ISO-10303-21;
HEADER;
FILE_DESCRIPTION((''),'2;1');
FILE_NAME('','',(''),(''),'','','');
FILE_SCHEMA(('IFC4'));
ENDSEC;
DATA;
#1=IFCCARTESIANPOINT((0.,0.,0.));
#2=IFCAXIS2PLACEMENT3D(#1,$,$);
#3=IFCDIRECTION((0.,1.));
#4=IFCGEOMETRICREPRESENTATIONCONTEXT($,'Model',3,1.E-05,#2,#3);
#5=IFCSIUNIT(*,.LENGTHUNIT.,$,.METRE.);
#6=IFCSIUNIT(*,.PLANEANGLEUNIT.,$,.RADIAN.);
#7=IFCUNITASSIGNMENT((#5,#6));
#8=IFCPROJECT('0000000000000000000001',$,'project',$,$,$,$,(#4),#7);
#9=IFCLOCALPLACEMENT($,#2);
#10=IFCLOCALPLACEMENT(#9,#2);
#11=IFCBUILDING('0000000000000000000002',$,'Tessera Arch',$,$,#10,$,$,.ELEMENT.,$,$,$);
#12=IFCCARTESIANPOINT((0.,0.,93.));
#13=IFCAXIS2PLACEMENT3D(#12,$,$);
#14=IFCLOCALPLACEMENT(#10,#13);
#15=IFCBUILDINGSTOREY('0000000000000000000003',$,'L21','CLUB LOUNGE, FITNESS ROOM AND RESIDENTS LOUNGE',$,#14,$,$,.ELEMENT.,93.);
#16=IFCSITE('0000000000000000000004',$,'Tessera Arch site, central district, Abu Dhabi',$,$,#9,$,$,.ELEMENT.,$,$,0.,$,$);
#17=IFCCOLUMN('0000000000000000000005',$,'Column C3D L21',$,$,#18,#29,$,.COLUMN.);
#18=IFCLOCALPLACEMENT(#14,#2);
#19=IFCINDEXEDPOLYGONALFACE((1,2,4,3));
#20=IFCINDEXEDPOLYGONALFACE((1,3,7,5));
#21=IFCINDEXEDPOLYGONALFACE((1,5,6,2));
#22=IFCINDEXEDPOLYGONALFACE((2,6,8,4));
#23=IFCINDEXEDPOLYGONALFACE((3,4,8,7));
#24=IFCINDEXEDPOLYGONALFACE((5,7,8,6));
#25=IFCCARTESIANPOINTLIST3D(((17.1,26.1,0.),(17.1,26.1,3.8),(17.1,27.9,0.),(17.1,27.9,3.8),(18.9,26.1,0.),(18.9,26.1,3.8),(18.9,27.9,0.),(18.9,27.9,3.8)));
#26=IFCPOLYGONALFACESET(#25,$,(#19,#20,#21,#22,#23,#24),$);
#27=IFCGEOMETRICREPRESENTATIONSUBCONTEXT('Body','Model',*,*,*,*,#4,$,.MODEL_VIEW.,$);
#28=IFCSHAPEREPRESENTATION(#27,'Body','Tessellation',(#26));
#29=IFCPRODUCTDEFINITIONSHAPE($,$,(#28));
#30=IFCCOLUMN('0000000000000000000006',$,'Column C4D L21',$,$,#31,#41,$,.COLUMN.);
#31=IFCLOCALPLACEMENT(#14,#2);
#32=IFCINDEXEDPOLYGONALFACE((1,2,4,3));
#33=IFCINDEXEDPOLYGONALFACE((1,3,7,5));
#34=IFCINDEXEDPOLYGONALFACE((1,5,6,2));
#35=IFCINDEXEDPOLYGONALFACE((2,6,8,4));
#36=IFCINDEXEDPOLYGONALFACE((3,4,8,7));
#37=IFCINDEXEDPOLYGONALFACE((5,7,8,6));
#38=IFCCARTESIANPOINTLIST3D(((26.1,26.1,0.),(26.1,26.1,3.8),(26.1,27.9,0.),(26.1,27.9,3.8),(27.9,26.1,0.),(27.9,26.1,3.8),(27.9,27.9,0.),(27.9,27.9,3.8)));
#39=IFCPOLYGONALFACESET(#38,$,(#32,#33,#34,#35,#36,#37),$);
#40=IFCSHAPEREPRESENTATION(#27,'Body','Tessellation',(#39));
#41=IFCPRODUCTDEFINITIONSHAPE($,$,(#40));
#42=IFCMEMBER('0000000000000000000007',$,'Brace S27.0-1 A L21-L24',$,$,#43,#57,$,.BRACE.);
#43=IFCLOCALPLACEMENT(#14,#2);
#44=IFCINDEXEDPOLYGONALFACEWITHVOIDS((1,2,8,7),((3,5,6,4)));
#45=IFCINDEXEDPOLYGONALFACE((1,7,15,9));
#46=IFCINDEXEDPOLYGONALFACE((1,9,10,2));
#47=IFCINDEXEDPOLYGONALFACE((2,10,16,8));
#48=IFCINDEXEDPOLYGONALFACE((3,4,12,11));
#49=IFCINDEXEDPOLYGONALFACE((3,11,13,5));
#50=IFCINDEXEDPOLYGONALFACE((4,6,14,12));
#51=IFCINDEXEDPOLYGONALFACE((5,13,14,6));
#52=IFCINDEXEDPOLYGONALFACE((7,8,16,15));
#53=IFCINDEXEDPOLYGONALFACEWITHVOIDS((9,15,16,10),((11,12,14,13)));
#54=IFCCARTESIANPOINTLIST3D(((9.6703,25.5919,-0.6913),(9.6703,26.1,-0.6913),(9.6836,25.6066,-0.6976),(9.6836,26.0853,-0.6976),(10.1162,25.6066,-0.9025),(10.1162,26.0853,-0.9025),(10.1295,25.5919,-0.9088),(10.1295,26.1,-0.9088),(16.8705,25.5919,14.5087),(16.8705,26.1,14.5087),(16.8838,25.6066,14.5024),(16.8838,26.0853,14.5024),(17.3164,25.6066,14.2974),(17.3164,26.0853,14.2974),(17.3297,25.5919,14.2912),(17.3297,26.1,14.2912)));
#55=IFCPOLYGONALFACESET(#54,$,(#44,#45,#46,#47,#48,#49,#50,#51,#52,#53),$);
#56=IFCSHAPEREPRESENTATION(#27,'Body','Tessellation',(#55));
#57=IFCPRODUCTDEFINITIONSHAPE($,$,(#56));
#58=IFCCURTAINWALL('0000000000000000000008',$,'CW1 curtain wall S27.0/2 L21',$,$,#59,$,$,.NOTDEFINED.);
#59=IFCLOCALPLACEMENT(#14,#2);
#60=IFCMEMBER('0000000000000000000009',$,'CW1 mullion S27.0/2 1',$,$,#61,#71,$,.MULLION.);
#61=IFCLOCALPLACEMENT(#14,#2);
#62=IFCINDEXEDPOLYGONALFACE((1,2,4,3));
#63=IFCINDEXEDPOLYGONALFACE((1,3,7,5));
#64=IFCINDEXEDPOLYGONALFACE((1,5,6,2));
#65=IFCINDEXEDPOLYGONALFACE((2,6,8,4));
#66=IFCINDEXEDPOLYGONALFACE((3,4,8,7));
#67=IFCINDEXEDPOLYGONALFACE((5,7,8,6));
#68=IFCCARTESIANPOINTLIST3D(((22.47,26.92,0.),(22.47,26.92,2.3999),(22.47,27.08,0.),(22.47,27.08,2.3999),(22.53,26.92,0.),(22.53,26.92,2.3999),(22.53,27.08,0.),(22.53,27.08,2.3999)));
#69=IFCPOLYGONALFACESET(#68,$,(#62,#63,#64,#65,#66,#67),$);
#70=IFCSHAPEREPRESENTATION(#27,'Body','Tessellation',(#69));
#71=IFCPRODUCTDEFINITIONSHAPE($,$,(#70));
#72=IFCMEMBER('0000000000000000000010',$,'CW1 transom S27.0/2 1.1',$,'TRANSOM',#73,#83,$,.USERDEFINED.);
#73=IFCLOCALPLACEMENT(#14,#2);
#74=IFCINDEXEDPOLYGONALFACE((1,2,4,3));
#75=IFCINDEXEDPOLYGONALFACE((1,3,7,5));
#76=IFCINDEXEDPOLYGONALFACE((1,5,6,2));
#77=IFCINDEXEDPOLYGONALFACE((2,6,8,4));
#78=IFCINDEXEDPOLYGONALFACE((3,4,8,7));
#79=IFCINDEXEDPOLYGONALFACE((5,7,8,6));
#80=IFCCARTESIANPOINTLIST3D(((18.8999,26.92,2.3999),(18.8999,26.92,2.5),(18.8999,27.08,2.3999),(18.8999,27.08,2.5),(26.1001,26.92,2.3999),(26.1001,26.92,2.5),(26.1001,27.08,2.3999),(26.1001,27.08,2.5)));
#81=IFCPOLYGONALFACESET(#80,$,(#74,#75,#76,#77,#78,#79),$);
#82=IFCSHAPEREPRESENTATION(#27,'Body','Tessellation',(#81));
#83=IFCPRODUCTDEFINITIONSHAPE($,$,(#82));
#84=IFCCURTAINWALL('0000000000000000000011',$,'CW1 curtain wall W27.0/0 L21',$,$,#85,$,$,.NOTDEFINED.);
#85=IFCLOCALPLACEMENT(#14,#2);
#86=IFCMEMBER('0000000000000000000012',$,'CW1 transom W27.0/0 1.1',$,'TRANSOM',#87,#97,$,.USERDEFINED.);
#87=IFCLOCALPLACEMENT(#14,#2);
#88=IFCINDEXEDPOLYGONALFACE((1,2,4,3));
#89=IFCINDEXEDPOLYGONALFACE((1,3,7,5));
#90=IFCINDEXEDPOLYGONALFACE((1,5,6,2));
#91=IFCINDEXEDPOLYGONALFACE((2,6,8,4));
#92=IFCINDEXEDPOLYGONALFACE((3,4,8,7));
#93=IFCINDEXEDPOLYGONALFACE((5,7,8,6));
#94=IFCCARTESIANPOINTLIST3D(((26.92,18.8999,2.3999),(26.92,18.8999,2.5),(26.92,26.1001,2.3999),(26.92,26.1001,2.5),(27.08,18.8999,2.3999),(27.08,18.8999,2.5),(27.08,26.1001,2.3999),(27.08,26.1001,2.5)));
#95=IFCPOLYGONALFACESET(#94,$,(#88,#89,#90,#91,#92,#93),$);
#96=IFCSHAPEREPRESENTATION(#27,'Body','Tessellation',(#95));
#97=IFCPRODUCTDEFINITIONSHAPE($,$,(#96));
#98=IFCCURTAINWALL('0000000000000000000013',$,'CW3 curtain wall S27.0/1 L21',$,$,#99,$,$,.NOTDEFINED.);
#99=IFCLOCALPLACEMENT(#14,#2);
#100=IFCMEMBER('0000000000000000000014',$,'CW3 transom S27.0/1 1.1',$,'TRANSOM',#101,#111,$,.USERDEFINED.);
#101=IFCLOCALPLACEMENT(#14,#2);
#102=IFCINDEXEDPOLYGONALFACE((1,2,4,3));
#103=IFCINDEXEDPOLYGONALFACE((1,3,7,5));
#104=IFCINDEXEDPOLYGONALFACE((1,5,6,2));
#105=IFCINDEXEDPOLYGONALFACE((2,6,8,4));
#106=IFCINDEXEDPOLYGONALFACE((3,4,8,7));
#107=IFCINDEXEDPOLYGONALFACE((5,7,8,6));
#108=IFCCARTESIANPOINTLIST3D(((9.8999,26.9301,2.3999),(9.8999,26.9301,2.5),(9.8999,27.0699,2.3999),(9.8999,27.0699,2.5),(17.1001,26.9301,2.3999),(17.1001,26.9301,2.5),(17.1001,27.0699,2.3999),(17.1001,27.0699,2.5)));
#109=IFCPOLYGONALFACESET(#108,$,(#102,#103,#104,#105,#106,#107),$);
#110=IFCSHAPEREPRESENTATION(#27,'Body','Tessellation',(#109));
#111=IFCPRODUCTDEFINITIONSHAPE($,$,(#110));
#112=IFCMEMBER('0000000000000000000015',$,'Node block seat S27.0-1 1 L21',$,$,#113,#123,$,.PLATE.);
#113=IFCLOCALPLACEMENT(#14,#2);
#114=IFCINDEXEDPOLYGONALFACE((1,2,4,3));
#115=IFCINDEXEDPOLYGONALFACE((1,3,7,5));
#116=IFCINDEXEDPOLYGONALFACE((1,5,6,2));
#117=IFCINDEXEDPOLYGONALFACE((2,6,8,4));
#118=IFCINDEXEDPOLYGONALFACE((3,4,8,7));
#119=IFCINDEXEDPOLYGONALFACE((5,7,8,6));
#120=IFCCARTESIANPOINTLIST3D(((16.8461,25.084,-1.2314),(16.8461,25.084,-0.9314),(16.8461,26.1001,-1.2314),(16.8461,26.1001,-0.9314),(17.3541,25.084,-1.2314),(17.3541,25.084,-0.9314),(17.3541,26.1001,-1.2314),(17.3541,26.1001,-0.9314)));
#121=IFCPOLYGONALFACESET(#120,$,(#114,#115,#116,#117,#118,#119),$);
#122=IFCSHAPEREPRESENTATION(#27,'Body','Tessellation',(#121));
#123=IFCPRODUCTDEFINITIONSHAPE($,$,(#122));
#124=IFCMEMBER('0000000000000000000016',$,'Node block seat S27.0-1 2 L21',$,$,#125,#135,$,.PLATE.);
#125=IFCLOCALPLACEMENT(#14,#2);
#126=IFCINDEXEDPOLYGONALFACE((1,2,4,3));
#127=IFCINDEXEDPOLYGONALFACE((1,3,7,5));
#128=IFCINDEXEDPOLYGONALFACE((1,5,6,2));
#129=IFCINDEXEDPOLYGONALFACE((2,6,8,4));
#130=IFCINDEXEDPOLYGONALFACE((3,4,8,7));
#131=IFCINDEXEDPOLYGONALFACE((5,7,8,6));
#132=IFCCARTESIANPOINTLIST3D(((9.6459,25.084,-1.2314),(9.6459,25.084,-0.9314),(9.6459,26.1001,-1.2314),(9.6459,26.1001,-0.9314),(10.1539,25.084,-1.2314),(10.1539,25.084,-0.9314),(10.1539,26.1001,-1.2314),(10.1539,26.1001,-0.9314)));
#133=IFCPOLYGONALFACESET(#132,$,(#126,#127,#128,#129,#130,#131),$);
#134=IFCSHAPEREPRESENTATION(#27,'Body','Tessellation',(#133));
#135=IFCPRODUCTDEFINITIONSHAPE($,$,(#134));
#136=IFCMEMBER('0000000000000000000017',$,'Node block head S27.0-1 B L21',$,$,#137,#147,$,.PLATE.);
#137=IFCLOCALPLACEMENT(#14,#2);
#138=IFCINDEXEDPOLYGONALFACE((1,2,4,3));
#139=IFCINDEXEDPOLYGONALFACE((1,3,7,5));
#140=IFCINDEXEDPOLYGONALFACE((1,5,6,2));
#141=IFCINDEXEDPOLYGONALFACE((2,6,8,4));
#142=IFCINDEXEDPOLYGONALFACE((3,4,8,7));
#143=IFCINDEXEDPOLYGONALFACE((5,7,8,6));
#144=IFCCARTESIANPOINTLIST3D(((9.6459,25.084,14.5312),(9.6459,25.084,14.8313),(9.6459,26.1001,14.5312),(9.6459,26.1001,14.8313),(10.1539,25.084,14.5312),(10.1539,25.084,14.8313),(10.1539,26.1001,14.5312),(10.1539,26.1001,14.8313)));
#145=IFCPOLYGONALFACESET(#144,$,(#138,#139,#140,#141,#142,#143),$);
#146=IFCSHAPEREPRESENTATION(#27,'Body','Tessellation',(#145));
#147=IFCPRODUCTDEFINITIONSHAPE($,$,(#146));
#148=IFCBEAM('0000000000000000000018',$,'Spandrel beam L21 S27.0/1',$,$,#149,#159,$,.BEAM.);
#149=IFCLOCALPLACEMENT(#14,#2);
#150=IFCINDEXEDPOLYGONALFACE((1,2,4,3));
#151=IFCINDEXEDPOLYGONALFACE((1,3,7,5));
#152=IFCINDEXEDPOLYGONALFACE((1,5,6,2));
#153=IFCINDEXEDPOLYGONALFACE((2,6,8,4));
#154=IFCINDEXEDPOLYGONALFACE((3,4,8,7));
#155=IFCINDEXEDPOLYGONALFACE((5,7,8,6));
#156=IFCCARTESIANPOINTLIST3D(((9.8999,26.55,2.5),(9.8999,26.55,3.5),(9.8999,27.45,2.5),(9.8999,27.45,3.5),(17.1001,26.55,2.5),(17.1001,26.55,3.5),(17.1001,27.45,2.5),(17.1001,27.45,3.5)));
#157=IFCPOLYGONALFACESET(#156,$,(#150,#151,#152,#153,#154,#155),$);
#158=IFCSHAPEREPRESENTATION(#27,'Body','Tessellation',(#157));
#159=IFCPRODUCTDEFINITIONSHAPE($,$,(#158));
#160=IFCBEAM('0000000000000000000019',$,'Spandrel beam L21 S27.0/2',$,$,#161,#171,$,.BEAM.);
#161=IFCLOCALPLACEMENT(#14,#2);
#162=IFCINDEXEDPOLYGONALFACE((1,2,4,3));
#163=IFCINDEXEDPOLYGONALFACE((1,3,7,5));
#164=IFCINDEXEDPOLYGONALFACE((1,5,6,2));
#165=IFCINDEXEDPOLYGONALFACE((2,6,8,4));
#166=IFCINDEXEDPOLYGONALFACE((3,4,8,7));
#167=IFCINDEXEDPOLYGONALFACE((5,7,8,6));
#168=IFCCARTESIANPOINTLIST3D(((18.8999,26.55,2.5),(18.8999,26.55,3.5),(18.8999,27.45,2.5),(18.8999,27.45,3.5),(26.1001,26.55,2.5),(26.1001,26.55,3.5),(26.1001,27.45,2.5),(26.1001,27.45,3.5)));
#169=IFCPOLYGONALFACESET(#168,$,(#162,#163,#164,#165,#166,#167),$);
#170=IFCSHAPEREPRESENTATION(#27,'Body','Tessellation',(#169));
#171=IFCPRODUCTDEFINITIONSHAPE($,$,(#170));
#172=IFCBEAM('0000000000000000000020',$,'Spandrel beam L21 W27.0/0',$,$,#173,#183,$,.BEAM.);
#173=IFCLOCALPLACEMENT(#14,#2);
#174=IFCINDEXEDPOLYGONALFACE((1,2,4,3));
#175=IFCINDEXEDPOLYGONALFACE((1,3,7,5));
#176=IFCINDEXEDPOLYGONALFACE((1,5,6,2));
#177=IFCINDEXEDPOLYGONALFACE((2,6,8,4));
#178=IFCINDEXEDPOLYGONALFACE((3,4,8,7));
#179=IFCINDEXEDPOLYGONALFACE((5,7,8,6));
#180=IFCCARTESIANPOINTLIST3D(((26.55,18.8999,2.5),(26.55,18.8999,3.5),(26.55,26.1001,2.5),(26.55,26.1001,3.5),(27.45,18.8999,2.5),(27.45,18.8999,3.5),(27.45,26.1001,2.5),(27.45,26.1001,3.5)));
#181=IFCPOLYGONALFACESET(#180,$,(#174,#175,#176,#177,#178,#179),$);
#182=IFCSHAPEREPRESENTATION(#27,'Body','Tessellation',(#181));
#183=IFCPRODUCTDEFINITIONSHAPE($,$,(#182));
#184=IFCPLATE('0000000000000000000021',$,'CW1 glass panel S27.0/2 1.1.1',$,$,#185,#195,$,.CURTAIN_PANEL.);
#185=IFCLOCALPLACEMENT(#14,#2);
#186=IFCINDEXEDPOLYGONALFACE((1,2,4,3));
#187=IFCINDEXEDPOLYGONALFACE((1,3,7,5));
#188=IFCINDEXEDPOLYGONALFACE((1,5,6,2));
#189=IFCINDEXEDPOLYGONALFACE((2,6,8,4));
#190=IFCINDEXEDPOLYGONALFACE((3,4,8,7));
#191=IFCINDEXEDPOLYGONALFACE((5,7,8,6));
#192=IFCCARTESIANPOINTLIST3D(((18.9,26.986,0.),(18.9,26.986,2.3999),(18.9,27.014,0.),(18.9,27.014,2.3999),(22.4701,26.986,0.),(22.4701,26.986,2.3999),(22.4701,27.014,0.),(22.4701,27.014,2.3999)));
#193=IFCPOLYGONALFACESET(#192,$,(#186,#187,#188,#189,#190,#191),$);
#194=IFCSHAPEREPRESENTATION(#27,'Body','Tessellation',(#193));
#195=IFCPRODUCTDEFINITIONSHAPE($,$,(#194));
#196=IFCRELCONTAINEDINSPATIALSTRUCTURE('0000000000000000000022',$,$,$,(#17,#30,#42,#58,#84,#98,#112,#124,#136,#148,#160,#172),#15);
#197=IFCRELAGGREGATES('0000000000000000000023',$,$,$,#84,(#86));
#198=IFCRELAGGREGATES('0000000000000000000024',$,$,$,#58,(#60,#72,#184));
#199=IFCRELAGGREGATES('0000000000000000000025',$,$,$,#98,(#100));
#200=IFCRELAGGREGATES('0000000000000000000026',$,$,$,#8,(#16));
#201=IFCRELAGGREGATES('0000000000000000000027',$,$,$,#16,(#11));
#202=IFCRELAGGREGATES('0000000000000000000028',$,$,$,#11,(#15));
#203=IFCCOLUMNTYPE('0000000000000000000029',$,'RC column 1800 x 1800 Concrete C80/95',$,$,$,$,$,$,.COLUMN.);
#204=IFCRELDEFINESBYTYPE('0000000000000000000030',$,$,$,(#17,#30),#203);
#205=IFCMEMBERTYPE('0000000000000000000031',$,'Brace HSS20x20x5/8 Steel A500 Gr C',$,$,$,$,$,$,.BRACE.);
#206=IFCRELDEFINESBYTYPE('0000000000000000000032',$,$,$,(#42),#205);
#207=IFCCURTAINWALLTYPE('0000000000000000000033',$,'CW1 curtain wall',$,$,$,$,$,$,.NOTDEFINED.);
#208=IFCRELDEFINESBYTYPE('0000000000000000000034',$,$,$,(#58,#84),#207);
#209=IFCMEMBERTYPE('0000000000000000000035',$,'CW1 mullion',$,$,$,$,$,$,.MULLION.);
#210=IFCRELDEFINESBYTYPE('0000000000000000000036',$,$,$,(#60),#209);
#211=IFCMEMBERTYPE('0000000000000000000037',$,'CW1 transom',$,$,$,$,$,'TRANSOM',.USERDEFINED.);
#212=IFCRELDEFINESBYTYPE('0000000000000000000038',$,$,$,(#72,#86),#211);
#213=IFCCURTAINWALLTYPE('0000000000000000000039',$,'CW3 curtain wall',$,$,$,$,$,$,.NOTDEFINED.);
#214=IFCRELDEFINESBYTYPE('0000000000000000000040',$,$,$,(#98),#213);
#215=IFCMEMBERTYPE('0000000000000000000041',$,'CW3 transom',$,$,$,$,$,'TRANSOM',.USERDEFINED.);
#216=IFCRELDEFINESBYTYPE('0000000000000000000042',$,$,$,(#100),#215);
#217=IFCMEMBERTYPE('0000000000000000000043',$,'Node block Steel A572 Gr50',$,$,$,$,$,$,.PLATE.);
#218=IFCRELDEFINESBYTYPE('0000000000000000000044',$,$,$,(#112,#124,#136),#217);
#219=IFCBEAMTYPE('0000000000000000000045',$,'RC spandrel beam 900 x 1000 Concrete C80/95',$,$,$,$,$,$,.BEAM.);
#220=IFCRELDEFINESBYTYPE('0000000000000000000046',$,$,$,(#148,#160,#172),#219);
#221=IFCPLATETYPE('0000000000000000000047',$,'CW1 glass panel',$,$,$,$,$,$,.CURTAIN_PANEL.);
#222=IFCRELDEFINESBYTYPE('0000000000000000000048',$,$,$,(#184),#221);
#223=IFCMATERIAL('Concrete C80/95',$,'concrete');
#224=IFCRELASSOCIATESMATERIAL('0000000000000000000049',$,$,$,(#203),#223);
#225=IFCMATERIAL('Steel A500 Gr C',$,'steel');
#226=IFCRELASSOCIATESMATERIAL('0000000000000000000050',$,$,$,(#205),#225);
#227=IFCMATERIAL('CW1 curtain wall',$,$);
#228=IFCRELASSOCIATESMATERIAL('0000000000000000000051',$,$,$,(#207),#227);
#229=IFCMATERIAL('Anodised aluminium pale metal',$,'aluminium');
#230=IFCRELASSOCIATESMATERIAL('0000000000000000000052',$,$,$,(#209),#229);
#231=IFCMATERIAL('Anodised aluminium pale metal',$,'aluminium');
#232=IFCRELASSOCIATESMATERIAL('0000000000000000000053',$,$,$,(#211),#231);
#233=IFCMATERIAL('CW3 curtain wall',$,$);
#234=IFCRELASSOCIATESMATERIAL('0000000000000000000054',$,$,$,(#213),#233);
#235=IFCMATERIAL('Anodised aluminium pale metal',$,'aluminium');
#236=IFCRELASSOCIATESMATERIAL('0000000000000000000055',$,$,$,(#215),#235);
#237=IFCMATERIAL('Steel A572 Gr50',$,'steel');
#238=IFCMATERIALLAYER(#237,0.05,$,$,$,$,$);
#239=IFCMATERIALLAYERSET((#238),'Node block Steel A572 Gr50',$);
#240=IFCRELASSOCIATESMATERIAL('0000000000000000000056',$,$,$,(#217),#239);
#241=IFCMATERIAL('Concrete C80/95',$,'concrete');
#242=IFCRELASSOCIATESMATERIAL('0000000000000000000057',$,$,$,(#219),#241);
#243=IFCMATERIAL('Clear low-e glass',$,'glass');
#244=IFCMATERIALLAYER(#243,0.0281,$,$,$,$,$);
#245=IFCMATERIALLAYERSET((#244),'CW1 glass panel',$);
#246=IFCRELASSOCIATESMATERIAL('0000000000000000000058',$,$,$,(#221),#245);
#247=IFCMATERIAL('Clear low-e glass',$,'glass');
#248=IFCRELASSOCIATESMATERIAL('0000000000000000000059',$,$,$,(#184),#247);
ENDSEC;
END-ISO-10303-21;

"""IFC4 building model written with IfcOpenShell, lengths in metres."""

from ifc_helpers import new_model, si_unit, direction, frame, origin, origin_2d, place, context, subcontext, project, spatial, rectangle, hollow_rectangle, extrude, material, layer, layer_set, material_profile, profile_set, type_object, element, aggregate, save


model = new_model("IFC4")

# Units and contexts
model_context = context("Model", 3, precision=1e-05, world=origin(), true_north=direction((0.0, 1.0)))
body_context = subcontext(model_context, "Body", "Model", "MODEL_VIEW")
ifc_project = project(units=[si_unit("LENGTHUNIT", "METRE"), si_unit("PLANEANGLEUNIT", "RADIAN")], contexts=[model_context])

# Site, building, storey
site_placement = place(None, origin())
site = spatial("IfcSite", under=ifc_project, at=site_placement, Name="Tessera Arch site, central district, Abu Dhabi", CompositionType="ELEMENT", RefElevation=0.0)
building_placement = place(site_placement, origin())
building = spatial("IfcBuilding", under=site, at=building_placement, Name="Tessera Arch", CompositionType="ELEMENT")
storey_placement = place(building_placement, frame((0.0, 0.0, 93.0)))
storey = spatial("IfcBuildingStorey", under=building, at=storey_placement, Name="L21", Description="CLUB LOUNGE, FITNESS ROOM AND RESIDENTS LOUNGE", CompositionType="ELEMENT", Elevation=93.0)

# Columns
ifc_material_1 = material(Name="Concrete C80/95", Category="concrete")
ifc_material_profile_1 = material_profile(ifc_material_1, rectangle(XDim=1.8, YDim=1.8, at=origin_2d()), Name="RC column 1800 x 1800 Concrete C80/95")
ifc_profile_set_1 = profile_set([ifc_material_profile_1], Name="Concrete C80/95")
column_type = type_object("IfcColumnType", Name="RC column 1800 x 1800 Concrete C80/95", PredefinedType="COLUMN", material=ifc_profile_set_1)
for number, where, z_axis, x_axis, name in (
    (1, (18.0, 27.0, 0.0), (0.0, 0.0, 1.0), (1.0, 0.0, 0.0), "Column C3D L21"),
    (2, (27.0, 27.0, 0.0), (0.0, 0.0, 1.0), (1.0, 0.0, 0.0), "Column C4D L21"),
):
    element("IfcColumn", number, at=place(storey_placement, frame(where, z_axis=z_axis, x_axis=x_axis)), inside=storey, type_object=column_type, Name=name, PredefinedType="COLUMN", context=body_context, shape_type="SweptSolid", body=[
        extrude(rectangle(XDim=1.8, YDim=1.8, at=origin_2d()), origin(), (0.0, 0.0, 1.0), 3.8),
    ])

# Member
ifc_material_2 = material(Name="Steel A500 Gr C", Category="steel")
ifc_material_profile_2 = material_profile(ifc_material_2, hollow_rectangle(XDim=0.5081, YDim=0.5081, WallThickness=0.0146, at=origin_2d()), Name="HSS20x20x5/8")
ifc_profile_set_2 = profile_set([ifc_material_profile_2], Name="Steel A500 Gr C")
member_type_1 = type_object("IfcMemberType", Name="Brace HSS20x20x5/8 Steel A500 Gr C", PredefinedType="BRACE", material=ifc_profile_set_2)
member_1_placement = place(storey_placement, frame((9.8999, 25.8459, -0.8), z_axis=(0.428097, 0.0, 0.903733), x_axis=(0.0, 1.0, 0.0)))
element("IfcMember", 3, at=member_1_placement, inside=storey, type_object=member_type_1, Name="Brace S27.0-1 A L21-L24", PredefinedType="BRACE", context=body_context, shape_type="SweptSolid", body=[
    extrude(hollow_rectangle(XDim=0.5081, YDim=0.5081, WallThickness=0.0146, at=origin_2d()), origin(), (0.0, 0.0, 1.0), 16.8191),
])

# Curtain wall, members
ifc_material_3 = material(Name="CW1 curtain wall")
curtain_wall_type_1 = type_object("IfcCurtainWallType", Name="CW1 curtain wall", PredefinedType="NOTDEFINED", material=ifc_material_3)
curtain_wall_1_placement = place(storey_placement, origin())
curtain_wall_1 = element("IfcCurtainWall", 4, at=curtain_wall_1_placement, inside=storey, type_object=curtain_wall_type_1, Name="CW1 curtain wall S27.0/2 L21", PredefinedType="NOTDEFINED")
ifc_material_4 = material(Name="Anodised aluminium pale metal", Category="aluminium")
ifc_material_profile_3 = material_profile(ifc_material_4, rectangle(XDim=0.1599, YDim=0.0601, at=origin_2d()), Name="AL 60x160")
ifc_profile_set_3 = profile_set([ifc_material_profile_3], Name="Anodised aluminium pale metal")
member_type_2 = type_object("IfcMemberType", Name="CW1 mullion", PredefinedType="MULLION", material=ifc_profile_set_3)
member_2_placement = place(storey_placement, frame((22.5, 27.0, 0.0), z_axis=(0.0, 0.0, 1.0), x_axis=(0.0, 1.0, 0.0)))
member_2 = element("IfcMember", 5, at=member_2_placement, type_object=member_type_2, Name="CW1 mullion S27.0/2 1", PredefinedType="MULLION", context=body_context, shape_type="SweptSolid", body=[
    extrude(rectangle(XDim=0.1599, YDim=0.0601, at=origin_2d()), origin(), (0.0, 0.0, 1.0), 2.3999),
])
ifc_material_5 = material(Name="Anodised aluminium pale metal", Category="aluminium")
ifc_material_profile_4 = material_profile(ifc_material_5, rectangle(XDim=0.1599, YDim=0.1001, at=origin_2d()), Name="AL 160x100")
ifc_profile_set_4 = profile_set([ifc_material_profile_4], Name="Anodised aluminium pale metal")
member_type_3 = type_object("IfcMemberType", Name="CW1 transom", ElementType="TRANSOM", PredefinedType="USERDEFINED", material=ifc_profile_set_4)
member_3_placement = place(storey_placement, frame((18.8999, 27.0, 2.45), z_axis=(1.0, 0.0, 0.0), x_axis=(0.0, 1.0, 0.0)))
member_3 = element("IfcMember", 6, at=member_3_placement, type_object=member_type_3, Name="CW1 transom S27.0/2 1.1", ObjectType="TRANSOM", PredefinedType="USERDEFINED", context=body_context, shape_type="SweptSolid", body=[
    extrude(rectangle(XDim=0.1599, YDim=0.1001, at=origin_2d()), origin(), (0.0, 0.0, 1.0), 7.2002),
])

# Curtain walls, members
curtain_wall_2_placement = place(storey_placement, origin())
curtain_wall_2 = element("IfcCurtainWall", 7, at=curtain_wall_2_placement, inside=storey, type_object=curtain_wall_type_1, Name="CW1 curtain wall W27.0/0 L21", PredefinedType="NOTDEFINED")
member_4_placement = place(storey_placement, frame((27.0, 26.1001, 2.45), z_axis=(0.0, -1.0, 0.0), x_axis=(1.0, 0.0, 0.0)))
member_4 = element("IfcMember", 8, at=member_4_placement, type_object=member_type_3, Name="CW1 transom W27.0/0 1.1", ObjectType="TRANSOM", PredefinedType="USERDEFINED", context=body_context, shape_type="SweptSolid", body=[
    extrude(rectangle(XDim=0.1599, YDim=0.1001, at=origin_2d()), origin(), (0.0, 0.0, 1.0), 7.2002),
])
aggregate(curtain_wall_2, [member_4])
ifc_material_6 = material(Name="CW3 curtain wall")
curtain_wall_type_2 = type_object("IfcCurtainWallType", Name="CW3 curtain wall", PredefinedType="NOTDEFINED", material=ifc_material_6)
curtain_wall_3_placement = place(storey_placement, origin())
curtain_wall_3 = element("IfcCurtainWall", 9, at=curtain_wall_3_placement, inside=storey, type_object=curtain_wall_type_2, Name="CW3 curtain wall S27.0/1 L21", PredefinedType="NOTDEFINED")
ifc_material_7 = material(Name="Anodised aluminium pale metal", Category="aluminium")
ifc_material_profile_5 = material_profile(ifc_material_7, rectangle(XDim=0.1399, YDim=0.1001, at=origin_2d()), Name="AL 140x100")
ifc_profile_set_5 = profile_set([ifc_material_profile_5], Name="Anodised aluminium pale metal")
member_type_4 = type_object("IfcMemberType", Name="CW3 transom", ElementType="TRANSOM", PredefinedType="USERDEFINED", material=ifc_profile_set_5)
member_5_placement = place(storey_placement, frame((9.8999, 27.0, 2.45), z_axis=(1.0, 0.0, 0.0), x_axis=(0.0, 1.0, 0.0)))
member_5 = element("IfcMember", 10, at=member_5_placement, type_object=member_type_4, Name="CW3 transom S27.0/1 1.1", ObjectType="TRANSOM", PredefinedType="USERDEFINED", context=body_context, shape_type="SweptSolid", body=[
    extrude(rectangle(XDim=0.1399, YDim=0.1001, at=origin_2d()), origin(), (0.0, 0.0, 1.0), 7.2002),
])

# Members
ifc_material_8 = material(Name="Steel A572 Gr50", Category="steel")
ifc_layer_1 = layer(ifc_material_8, 0.05)
ifc_layer_set_1 = layer_set([ifc_layer_1], Name="Node block Steel A572 Gr50")
member_type_5 = type_object("IfcMemberType", Name="Node block Steel A572 Gr50", PredefinedType="PLATE", material=ifc_layer_set_1)
for number, where, z_axis, x_axis, name in (
    (11, (17.1001, 25.592, -1.2314), (0.0, 0.0, 1.0), (1.0, 0.0, 0.0), "Node block seat S27.0-1 1 L21"),
    (12, (9.8999, 25.592, -1.2314), (0.0, 0.0, 1.0), (1.0, 0.0, 0.0), "Node block seat S27.0-1 2 L21"),
    (13, (9.8999, 25.592, 14.5312), (0.0, 0.0, 1.0), (1.0, 0.0, 0.0), "Node block head S27.0-1 B L21"),
):
    element("IfcMember", number, at=place(storey_placement, frame(where, z_axis=z_axis, x_axis=x_axis)), inside=storey, type_object=member_type_5, Name=name, PredefinedType="PLATE", context=body_context, shape_type="SweptSolid", body=[
        extrude(rectangle(XDim=0.5081, YDim=1.0161, at=origin_2d()), origin(), (0.0, 0.0, 1.0), 0.3),
    ])

# Beams
ifc_material_9 = material(Name="Concrete C80/95", Category="concrete")
ifc_material_profile_6 = material_profile(ifc_material_9, rectangle(XDim=0.8999, YDim=1.0, at=origin_2d()), Name="RC spandrel beam 900 x 1000 Concrete C80/95")
ifc_profile_set_6 = profile_set([ifc_material_profile_6], Name="Concrete C80/95")
beam_type = type_object("IfcBeamType", Name="RC spandrel beam 900 x 1000 Concrete C80/95", PredefinedType="BEAM", material=ifc_profile_set_6)
for number, where, z_axis, x_axis, name in (
    (14, (9.8999, 27.0, 3.0), (1.0, 0.0, 0.0), (0.0, 1.0, 0.0), "Spandrel beam L21 S27.0/1"),
    (15, (18.8999, 27.0, 3.0), (1.0, 0.0, 0.0), (0.0, 1.0, 0.0), "Spandrel beam L21 S27.0/2"),
    (16, (27.0, 26.1001, 3.0), (0.0, -1.0, 0.0), (1.0, 0.0, 0.0), "Spandrel beam L21 W27.0/0"),
):
    element("IfcBeam", number, at=place(storey_placement, frame(where, z_axis=z_axis, x_axis=x_axis)), inside=storey, type_object=beam_type, Name=name, PredefinedType="BEAM", context=body_context, shape_type="SweptSolid", body=[
        extrude(rectangle(XDim=0.8999, YDim=1.0, at=origin_2d()), origin(), (0.0, 0.0, 1.0), 7.2002),
    ])

# Plate
ifc_material_10 = material(Name="Clear low-e glass", Category="glass")
ifc_material_11 = material(Name="Clear low-e glass", Category="glass")
ifc_layer_2 = layer(ifc_material_11, 0.0281)
ifc_layer_set_2 = layer_set([ifc_layer_2], Name="CW1 glass panel")
plate_type_1 = type_object("IfcPlateType", Name="CW1 glass panel", PredefinedType="CURTAIN_PANEL", material=ifc_layer_set_2)
plate_1_placement = place(storey_placement, frame((20.6851, 27.0, 0.0), z_axis=(0.0, 0.0, 1.0), x_axis=(1.0, 0.0, 0.0)))
plate_1 = element("IfcPlate", 17, at=plate_1_placement, type_object=plate_type_1, material=ifc_material_10, Name="CW1 glass panel S27.0/2 1.1.1", PredefinedType="CURTAIN_PANEL", context=body_context, shape_type="SweptSolid", body=[
    extrude(rectangle(XDim=3.5701, YDim=0.0281, at=origin_2d()), origin(), (0.0, 0.0, 1.0), 2.3999),
])
aggregate(curtain_wall_1, [member_2, member_3, plate_1])
aggregate(curtain_wall_3, [member_5])

save(model, "model.ifc")
